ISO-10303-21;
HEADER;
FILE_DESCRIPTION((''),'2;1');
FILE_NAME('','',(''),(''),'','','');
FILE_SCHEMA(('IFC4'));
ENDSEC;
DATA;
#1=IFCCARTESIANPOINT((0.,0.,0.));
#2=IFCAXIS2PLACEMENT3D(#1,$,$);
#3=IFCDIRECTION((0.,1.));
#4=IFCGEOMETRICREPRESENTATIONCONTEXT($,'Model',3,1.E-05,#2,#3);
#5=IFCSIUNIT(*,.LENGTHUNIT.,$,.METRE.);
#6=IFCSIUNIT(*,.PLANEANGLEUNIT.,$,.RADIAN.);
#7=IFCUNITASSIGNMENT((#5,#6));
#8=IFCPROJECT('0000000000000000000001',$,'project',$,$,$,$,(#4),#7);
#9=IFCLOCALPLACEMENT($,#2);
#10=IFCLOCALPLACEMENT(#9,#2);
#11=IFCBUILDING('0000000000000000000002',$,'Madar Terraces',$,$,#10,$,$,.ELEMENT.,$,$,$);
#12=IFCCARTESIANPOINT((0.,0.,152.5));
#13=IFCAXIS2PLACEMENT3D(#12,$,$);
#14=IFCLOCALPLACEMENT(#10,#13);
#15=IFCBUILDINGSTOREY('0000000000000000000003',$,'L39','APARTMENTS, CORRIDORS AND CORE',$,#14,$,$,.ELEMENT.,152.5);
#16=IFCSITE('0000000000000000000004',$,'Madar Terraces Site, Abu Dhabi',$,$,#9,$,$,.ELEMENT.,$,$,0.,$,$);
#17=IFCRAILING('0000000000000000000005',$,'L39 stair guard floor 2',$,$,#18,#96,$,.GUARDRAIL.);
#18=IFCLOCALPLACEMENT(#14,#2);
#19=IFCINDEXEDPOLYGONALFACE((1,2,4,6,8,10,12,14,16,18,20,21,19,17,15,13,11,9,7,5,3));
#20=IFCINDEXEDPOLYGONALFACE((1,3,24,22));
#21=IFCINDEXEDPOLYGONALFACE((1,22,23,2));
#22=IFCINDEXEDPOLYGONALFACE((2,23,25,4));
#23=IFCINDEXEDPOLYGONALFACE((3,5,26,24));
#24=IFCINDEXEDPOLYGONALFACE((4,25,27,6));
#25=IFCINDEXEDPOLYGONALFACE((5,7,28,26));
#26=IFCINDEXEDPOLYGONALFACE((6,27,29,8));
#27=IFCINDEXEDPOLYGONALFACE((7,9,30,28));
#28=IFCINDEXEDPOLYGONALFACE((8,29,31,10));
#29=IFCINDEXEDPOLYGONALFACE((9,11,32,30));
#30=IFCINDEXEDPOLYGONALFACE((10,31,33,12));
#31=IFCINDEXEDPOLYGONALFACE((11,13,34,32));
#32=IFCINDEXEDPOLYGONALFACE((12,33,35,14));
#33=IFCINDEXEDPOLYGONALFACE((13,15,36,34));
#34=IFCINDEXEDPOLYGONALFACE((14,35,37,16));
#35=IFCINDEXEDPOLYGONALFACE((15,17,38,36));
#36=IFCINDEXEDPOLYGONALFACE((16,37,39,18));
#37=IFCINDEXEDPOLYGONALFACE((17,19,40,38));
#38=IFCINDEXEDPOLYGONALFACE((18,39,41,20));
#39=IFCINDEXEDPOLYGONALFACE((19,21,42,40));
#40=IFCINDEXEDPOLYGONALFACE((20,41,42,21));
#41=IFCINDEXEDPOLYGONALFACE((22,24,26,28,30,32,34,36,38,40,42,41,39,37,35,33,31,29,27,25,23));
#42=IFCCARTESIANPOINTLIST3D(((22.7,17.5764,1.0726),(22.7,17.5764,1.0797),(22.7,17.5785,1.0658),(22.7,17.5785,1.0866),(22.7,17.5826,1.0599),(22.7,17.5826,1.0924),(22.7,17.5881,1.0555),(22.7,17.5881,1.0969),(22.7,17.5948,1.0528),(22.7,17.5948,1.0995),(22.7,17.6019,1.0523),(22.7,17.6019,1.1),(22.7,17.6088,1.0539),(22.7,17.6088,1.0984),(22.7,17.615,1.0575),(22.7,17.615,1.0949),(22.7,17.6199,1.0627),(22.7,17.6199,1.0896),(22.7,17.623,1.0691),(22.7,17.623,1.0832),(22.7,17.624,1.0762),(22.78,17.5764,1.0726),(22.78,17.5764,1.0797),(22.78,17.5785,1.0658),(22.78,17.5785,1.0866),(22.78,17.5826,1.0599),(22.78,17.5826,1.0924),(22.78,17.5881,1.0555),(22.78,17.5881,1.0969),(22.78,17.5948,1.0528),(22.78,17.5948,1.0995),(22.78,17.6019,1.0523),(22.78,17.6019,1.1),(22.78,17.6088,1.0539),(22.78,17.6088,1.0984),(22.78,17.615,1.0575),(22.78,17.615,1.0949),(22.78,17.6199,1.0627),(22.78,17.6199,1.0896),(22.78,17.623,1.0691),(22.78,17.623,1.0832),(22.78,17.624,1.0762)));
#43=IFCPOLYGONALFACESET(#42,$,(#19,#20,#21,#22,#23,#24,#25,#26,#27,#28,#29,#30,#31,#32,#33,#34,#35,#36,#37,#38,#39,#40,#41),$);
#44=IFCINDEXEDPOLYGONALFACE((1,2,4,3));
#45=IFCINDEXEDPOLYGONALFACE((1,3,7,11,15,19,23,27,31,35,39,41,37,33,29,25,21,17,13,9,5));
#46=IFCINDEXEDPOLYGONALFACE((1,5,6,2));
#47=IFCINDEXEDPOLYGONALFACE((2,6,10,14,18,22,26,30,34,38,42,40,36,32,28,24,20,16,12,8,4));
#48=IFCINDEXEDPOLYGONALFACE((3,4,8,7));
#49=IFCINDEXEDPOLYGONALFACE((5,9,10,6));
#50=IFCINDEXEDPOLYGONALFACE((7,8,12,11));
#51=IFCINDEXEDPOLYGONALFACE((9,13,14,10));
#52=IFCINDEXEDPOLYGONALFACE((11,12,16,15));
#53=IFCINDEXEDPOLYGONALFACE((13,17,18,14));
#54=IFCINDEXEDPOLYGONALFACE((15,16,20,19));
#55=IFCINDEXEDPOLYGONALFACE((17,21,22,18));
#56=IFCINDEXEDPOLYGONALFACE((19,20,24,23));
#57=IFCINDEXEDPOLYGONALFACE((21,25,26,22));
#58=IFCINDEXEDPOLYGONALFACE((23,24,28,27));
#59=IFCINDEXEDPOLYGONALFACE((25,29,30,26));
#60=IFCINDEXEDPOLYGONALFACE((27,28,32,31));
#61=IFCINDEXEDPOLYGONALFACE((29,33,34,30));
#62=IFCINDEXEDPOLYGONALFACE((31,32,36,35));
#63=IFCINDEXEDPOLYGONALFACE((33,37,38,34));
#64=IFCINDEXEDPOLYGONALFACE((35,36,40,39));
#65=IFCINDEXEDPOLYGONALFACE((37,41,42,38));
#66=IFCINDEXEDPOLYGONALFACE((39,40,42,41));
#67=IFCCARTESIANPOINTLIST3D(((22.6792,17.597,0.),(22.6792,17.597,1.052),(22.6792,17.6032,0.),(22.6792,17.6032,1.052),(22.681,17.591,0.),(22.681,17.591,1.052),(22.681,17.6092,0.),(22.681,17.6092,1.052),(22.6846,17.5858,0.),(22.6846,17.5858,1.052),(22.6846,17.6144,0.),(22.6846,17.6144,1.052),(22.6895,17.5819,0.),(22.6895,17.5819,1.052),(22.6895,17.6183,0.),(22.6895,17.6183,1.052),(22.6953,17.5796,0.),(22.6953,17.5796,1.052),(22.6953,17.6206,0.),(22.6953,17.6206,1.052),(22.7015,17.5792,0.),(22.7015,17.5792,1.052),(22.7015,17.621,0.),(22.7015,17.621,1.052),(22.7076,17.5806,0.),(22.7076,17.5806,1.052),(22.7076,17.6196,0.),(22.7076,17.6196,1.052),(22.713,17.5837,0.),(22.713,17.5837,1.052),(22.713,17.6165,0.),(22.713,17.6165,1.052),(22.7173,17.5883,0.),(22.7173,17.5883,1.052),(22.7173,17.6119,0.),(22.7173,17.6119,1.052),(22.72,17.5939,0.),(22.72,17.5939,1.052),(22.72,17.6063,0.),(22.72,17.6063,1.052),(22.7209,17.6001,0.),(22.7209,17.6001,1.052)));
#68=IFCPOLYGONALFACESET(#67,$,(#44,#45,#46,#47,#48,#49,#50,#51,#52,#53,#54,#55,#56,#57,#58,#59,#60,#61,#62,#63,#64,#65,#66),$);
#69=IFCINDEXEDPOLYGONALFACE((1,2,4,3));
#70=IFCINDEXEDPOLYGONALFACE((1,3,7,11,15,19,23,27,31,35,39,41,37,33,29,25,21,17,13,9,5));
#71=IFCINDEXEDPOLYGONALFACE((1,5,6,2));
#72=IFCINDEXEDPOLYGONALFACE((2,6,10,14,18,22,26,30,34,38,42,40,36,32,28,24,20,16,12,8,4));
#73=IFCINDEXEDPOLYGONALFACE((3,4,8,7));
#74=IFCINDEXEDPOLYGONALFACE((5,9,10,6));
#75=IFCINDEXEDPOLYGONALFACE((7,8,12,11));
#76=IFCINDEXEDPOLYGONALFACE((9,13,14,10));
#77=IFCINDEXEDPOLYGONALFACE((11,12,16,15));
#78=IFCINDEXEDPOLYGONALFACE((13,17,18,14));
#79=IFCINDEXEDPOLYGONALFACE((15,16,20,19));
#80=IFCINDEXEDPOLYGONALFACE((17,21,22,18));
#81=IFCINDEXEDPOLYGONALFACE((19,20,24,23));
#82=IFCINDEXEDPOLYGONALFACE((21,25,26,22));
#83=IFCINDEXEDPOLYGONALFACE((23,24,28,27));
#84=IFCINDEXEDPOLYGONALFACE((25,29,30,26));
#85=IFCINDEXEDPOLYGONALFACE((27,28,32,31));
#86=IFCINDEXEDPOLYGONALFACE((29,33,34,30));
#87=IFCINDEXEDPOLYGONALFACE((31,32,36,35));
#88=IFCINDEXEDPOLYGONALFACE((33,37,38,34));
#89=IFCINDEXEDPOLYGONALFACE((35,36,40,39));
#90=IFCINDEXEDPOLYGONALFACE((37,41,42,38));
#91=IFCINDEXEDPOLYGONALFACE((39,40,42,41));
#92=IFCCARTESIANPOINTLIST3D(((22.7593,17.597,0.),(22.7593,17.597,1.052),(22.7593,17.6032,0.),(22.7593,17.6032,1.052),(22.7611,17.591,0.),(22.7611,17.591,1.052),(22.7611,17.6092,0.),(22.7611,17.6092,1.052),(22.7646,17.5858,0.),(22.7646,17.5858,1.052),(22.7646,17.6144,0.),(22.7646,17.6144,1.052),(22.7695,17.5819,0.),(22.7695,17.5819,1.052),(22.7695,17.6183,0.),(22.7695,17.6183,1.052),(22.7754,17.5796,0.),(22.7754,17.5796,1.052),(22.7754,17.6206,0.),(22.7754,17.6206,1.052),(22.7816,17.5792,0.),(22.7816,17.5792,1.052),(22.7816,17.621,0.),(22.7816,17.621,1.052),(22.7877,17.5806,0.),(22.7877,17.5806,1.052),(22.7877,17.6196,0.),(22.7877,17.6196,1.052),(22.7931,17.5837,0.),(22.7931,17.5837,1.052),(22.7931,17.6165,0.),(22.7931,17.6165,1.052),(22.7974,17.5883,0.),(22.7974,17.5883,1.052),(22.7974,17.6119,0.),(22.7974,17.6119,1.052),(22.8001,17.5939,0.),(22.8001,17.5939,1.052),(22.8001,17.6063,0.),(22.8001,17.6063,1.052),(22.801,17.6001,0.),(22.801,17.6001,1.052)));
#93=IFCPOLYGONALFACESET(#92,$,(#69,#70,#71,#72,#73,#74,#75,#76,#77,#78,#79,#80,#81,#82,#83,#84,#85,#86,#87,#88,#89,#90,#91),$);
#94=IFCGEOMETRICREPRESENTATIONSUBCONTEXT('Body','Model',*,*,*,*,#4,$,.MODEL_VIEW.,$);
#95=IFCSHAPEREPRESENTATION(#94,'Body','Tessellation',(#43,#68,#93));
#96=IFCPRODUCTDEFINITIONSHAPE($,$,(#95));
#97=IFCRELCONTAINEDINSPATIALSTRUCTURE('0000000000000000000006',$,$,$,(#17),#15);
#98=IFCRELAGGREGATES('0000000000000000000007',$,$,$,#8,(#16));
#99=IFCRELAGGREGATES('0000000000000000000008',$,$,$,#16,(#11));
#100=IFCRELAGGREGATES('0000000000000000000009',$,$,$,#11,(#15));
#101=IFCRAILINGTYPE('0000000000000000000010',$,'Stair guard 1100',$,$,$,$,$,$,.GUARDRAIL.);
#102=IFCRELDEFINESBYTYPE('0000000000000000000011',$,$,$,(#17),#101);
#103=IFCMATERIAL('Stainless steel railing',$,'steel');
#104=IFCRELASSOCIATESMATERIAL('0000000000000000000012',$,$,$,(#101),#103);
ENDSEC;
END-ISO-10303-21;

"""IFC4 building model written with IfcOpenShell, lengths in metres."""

from ifc_helpers import new_model, si_unit, direction, frame, origin, origin_2d, place, context, subcontext, project, spatial, circle, extrude, material, type_object, element, save


model = new_model("IFC4")

# Units and contexts
model_context = context("Model", 3, precision=1e-05, world=origin(), true_north=direction((0.0, 1.0)))
body_context = subcontext(model_context, "Body", "Model", "MODEL_VIEW")
ifc_project = project(units=[si_unit("LENGTHUNIT", "METRE"), si_unit("PLANEANGLEUNIT", "RADIAN")], contexts=[model_context])

# Site, building, storey
site_placement = place(None, origin())
site = spatial("IfcSite", under=ifc_project, at=site_placement, Name="Madar Terraces Site, Abu Dhabi", CompositionType="ELEMENT", RefElevation=0.0)
building_placement = place(site_placement, origin())
building = spatial("IfcBuilding", under=site, at=building_placement, Name="Madar Terraces", CompositionType="ELEMENT")
storey_placement = place(building_placement, frame((0.0, 0.0, 152.5)))
storey = spatial("IfcBuildingStorey", under=building, at=storey_placement, Name="L39", Description="APARTMENTS, CORRIDORS AND CORE", CompositionType="ELEMENT", Elevation=152.5)

# Railing
ifc_material_1 = material(Name="Stainless steel railing", Category="steel")
railing_type_1 = type_object("IfcRailingType", Name="Stair guard 1100", PredefinedType="GUARDRAIL", material=ifc_material_1)
railing_1_placement = place(storey_placement, frame((22.7, 17.6001, 0.0)))
element("IfcRailing", 1, at=railing_1_placement, inside=storey, type_object=railing_type_1, Name="L39 stair guard floor 2", PredefinedType="GUARDRAIL", context=body_context, shape_type="SweptSolid", body=[
    extrude(circle(Radius=0.0239, at=origin_2d()), frame((0.0, 0.0, 1.0762), z_axis=(1.0, 0.0, 0.0), x_axis=(0.0, 1.0, 0.0)), (0.0, 0.0, 1.0), 0.0801),
    extrude(circle(Radius=0.021, at=origin_2d()), origin(), (0.0, 0.0, 1.0), 1.052),
    extrude(circle(Radius=0.021, at=origin_2d()), frame((0.0801, 0.0, 0.0)), (0.0, 0.0, 1.0), 1.052),
])

save(model, "model.ifc")
